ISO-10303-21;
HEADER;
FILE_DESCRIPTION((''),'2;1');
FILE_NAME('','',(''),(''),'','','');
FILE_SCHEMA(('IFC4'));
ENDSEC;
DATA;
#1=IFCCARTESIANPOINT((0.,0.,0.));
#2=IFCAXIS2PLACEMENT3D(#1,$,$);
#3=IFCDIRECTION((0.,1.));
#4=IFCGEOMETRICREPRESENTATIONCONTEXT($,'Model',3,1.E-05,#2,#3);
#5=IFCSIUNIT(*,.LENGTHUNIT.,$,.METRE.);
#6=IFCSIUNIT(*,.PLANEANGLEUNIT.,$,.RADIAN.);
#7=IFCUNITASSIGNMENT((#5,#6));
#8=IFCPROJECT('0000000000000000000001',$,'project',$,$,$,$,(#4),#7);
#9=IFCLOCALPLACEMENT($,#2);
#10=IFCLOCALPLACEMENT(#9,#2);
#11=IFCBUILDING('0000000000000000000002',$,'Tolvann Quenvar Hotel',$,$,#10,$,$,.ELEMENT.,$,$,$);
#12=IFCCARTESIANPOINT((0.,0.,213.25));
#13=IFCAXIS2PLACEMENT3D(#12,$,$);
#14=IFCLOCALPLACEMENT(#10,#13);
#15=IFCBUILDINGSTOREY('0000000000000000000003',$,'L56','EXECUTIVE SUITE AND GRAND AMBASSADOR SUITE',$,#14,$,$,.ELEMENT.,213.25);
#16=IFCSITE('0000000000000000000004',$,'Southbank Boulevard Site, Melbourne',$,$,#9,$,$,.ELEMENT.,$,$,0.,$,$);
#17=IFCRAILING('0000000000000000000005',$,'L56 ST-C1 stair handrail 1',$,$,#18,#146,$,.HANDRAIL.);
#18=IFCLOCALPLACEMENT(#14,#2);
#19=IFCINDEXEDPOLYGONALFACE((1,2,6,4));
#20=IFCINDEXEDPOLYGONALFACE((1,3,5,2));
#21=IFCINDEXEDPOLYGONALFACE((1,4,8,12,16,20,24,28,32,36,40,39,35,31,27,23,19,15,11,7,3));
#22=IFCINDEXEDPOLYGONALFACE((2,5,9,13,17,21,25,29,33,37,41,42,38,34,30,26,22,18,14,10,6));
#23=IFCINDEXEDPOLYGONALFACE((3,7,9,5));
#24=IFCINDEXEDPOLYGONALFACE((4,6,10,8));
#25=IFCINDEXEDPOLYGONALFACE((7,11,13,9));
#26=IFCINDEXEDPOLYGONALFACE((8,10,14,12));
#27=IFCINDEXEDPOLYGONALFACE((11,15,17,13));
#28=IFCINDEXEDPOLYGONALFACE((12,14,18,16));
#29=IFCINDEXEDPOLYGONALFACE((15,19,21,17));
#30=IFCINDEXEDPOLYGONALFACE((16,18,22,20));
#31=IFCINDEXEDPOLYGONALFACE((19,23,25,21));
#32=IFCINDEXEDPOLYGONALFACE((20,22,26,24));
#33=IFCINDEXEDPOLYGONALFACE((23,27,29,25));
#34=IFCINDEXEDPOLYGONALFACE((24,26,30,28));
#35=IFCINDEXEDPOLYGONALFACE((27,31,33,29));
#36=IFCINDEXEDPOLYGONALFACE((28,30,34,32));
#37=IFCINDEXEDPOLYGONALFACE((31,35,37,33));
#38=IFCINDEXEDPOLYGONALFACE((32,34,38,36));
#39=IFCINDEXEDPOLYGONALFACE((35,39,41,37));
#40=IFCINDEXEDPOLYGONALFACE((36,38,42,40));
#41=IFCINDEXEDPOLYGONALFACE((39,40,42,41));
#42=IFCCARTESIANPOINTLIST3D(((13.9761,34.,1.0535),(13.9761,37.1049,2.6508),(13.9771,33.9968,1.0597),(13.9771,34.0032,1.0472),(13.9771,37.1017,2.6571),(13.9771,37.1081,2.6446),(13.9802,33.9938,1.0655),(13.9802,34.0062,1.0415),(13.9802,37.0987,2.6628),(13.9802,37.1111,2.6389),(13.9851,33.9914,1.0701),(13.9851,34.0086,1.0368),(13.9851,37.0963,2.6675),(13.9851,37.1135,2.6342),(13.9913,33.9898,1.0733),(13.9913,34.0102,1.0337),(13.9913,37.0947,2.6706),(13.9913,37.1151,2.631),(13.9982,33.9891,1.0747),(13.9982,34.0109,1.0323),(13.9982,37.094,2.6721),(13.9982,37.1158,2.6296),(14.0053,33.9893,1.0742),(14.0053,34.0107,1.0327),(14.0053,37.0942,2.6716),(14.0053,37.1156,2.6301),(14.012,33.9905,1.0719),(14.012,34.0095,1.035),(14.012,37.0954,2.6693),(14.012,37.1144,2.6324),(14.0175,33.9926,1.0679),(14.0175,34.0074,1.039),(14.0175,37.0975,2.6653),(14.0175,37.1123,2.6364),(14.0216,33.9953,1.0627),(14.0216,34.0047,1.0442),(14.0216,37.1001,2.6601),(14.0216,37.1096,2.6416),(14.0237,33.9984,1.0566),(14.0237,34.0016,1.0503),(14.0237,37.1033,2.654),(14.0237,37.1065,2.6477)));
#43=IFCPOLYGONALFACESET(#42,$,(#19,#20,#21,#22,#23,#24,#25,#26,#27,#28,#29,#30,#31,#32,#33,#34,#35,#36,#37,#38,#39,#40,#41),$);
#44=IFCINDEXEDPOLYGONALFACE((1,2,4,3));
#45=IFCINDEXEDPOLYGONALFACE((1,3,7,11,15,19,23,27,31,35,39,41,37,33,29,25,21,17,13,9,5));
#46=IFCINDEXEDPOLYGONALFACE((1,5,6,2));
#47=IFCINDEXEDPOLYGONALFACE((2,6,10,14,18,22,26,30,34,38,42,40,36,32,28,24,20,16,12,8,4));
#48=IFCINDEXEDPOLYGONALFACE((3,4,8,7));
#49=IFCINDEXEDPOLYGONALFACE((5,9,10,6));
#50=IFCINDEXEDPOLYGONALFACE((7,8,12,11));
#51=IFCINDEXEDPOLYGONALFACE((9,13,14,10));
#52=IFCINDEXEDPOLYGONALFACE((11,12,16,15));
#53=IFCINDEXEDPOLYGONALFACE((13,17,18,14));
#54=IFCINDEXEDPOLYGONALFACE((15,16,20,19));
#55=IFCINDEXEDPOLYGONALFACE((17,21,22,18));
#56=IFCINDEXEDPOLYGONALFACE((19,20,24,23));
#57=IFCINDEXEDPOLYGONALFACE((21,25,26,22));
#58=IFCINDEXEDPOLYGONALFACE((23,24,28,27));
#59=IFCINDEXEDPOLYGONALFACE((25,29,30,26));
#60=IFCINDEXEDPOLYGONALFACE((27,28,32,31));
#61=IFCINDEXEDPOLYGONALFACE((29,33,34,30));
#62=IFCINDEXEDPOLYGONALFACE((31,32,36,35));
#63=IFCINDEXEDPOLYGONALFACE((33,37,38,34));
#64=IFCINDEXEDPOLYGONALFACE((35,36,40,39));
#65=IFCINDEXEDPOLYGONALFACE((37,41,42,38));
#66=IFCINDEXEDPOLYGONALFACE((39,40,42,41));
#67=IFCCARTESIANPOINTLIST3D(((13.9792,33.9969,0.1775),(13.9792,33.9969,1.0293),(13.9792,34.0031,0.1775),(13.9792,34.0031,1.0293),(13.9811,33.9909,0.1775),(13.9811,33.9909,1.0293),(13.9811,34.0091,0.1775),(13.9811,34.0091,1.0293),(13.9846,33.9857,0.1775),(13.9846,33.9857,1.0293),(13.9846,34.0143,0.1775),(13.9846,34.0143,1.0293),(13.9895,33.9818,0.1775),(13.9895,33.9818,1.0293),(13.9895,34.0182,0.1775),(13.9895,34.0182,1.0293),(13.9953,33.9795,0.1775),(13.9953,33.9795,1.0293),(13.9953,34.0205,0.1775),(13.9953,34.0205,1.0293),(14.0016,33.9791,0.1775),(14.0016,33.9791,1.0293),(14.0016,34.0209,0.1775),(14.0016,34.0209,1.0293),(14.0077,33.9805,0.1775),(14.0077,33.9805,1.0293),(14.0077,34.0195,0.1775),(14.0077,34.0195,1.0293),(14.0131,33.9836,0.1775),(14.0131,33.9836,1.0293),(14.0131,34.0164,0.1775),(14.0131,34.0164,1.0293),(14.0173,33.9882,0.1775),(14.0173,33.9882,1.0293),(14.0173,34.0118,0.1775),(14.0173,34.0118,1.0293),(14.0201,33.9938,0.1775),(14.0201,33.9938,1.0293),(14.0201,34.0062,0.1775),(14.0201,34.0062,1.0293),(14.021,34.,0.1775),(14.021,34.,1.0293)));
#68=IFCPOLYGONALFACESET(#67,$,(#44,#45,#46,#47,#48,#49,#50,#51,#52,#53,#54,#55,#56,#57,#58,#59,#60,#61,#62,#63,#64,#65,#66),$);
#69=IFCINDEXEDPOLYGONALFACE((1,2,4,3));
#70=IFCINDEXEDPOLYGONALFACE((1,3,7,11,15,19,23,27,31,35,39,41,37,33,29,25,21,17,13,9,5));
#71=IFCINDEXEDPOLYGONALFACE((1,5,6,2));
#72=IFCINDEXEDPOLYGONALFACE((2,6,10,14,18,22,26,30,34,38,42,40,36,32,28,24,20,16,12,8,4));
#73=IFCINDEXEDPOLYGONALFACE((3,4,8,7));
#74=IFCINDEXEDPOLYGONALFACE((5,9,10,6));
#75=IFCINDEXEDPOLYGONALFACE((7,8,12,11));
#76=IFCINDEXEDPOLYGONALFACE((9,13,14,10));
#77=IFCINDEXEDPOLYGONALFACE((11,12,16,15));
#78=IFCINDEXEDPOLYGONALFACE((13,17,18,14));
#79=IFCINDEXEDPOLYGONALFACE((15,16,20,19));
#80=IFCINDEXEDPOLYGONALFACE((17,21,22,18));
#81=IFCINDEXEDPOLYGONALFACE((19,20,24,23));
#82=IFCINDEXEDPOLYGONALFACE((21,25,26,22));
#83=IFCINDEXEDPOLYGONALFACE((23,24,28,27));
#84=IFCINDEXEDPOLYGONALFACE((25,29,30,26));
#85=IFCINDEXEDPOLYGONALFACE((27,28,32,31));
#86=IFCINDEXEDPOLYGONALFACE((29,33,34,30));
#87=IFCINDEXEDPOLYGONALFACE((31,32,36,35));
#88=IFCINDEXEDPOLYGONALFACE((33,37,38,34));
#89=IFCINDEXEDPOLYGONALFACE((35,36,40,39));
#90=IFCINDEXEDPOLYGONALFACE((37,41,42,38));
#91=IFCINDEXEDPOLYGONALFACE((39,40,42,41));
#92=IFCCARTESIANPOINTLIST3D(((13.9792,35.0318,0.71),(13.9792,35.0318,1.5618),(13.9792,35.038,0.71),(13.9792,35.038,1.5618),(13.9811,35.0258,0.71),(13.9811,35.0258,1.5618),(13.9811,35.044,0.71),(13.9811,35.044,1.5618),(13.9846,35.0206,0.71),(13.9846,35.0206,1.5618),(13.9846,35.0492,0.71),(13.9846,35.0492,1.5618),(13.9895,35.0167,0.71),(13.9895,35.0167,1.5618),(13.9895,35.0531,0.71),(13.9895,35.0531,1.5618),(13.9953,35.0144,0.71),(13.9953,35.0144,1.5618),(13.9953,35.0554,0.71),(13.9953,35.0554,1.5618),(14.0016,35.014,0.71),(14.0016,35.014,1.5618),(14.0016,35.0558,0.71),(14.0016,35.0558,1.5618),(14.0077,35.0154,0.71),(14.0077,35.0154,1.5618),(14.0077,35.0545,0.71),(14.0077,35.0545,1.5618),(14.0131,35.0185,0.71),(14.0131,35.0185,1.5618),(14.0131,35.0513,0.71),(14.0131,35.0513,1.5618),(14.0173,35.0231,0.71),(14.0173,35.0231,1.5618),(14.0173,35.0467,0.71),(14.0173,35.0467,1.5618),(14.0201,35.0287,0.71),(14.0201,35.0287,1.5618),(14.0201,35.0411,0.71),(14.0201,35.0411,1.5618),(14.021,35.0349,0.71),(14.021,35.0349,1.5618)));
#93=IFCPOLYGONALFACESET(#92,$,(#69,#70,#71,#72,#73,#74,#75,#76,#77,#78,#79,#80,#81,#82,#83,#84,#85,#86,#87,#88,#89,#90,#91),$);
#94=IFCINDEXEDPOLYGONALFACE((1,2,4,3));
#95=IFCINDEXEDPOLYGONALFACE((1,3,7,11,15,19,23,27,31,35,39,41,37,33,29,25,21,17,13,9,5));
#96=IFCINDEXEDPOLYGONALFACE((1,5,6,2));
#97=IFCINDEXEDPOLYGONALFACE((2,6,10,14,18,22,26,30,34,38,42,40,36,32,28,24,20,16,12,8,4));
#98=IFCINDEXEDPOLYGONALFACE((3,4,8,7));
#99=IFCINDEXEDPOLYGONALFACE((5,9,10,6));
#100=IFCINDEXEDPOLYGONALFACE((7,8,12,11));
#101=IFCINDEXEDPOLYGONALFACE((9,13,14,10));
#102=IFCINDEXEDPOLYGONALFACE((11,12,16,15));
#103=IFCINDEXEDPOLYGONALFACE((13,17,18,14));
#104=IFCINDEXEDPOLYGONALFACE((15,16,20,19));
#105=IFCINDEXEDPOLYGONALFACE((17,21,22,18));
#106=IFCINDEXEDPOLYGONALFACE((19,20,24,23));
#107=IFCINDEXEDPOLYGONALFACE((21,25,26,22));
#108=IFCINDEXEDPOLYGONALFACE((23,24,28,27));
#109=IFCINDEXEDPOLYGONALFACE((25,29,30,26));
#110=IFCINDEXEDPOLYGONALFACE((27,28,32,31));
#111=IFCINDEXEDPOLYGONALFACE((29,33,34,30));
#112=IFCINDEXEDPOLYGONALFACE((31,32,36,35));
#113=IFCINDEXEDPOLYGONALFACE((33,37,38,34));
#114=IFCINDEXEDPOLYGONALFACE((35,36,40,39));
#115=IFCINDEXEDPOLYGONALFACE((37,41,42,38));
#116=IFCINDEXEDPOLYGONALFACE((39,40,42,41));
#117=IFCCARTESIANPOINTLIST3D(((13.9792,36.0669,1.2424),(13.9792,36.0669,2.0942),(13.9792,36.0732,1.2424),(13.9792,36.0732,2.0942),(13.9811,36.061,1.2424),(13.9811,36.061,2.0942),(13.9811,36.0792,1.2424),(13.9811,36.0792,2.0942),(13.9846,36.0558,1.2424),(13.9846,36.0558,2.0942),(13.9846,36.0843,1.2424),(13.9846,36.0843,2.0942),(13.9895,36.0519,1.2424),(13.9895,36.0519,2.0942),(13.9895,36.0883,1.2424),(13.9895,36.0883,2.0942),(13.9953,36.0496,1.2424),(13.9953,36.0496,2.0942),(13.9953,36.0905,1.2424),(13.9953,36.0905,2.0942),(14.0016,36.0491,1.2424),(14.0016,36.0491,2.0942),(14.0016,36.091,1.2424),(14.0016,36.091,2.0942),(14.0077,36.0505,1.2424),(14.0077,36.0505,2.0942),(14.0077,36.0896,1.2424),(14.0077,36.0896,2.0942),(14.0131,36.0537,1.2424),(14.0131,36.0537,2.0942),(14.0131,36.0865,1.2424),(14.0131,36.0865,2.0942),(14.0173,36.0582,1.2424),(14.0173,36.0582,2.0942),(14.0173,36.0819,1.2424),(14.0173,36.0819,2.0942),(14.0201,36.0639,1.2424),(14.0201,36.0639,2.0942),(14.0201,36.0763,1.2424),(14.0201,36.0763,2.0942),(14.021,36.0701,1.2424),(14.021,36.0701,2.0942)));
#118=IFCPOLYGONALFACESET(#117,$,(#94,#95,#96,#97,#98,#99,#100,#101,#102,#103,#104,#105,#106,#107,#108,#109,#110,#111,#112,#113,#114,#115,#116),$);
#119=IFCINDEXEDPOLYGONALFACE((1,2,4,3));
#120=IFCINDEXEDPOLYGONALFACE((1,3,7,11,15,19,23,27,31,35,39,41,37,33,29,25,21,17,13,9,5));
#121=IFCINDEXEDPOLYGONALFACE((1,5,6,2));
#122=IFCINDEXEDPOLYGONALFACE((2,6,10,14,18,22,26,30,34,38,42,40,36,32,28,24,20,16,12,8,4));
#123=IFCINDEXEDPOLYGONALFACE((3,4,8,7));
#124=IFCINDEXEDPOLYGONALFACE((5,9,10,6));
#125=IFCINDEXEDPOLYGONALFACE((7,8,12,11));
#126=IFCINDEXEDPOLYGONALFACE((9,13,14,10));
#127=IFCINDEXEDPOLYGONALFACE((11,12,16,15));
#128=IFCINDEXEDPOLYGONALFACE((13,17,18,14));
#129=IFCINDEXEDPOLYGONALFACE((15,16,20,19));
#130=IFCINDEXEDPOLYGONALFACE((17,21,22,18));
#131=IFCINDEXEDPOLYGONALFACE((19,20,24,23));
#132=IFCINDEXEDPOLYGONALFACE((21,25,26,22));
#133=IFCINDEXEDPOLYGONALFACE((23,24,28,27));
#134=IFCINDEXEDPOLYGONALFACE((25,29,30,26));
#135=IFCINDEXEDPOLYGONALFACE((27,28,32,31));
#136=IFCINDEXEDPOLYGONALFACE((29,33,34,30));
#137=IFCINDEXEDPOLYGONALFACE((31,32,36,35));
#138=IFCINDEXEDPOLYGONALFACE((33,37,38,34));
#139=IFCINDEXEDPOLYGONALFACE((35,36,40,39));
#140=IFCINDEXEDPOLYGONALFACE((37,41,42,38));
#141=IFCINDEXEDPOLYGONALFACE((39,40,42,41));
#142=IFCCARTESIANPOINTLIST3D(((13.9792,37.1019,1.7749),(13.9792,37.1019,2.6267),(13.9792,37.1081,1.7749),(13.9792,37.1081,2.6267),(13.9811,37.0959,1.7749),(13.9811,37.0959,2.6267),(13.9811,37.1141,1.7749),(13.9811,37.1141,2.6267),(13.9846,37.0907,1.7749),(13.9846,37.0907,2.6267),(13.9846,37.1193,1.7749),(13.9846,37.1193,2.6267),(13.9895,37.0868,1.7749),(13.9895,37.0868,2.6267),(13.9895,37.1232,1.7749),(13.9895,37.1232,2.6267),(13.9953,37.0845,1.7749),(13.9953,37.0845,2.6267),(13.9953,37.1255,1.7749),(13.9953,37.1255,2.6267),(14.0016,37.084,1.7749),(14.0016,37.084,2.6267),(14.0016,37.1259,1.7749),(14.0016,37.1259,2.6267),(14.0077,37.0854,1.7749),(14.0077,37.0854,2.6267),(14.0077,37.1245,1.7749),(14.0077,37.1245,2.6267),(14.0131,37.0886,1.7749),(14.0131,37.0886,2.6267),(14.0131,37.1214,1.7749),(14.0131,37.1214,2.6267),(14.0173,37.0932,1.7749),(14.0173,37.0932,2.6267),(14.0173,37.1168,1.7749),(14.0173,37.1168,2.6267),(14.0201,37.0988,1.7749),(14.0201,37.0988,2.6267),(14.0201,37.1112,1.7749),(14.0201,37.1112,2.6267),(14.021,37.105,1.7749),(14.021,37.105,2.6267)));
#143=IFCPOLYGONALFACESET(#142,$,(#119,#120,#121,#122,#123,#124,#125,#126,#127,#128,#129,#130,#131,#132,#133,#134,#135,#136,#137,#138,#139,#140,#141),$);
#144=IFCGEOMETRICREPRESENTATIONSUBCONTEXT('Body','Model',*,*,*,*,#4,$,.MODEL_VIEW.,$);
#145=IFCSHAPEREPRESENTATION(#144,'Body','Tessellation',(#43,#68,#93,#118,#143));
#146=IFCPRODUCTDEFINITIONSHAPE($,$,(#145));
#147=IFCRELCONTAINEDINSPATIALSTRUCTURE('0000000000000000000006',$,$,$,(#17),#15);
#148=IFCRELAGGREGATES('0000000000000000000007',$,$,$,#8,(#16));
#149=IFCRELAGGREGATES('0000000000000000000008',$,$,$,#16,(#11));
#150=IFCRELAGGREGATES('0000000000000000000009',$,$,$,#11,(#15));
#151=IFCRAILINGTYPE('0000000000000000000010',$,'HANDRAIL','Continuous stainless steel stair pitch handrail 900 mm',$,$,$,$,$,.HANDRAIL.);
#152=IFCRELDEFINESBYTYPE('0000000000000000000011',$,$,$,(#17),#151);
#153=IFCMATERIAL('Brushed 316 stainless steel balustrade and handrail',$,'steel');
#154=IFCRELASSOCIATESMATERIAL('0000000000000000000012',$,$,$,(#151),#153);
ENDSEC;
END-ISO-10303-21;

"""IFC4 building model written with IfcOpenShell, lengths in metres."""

from ifc_helpers import new_model, si_unit, direction, frame, origin, origin_2d, place, context, subcontext, project, spatial, circle, extrude, material, type_object, element, save


model = new_model("IFC4")

# Units and contexts
model_context = context("Model", 3, precision=1e-05, world=origin(), true_north=direction((0.0, 1.0)))
body_context = subcontext(model_context, "Body", "Model", "MODEL_VIEW")
ifc_project = project(units=[si_unit("LENGTHUNIT", "METRE"), si_unit("PLANEANGLEUNIT", "RADIAN")], contexts=[model_context])

# Site, building, storey
site_placement = place(None, origin())
site = spatial("IfcSite", under=ifc_project, at=site_placement, Name="Southbank Boulevard Site, Melbourne", CompositionType="ELEMENT", RefElevation=0.0)
building_placement = place(site_placement, origin())
building = spatial("IfcBuilding", under=site, at=building_placement, Name="Tolvann Quenvar Hotel", CompositionType="ELEMENT")
storey_placement = place(building_placement, frame((0.0, 0.0, 213.25)))
storey = spatial("IfcBuildingStorey", under=building, at=storey_placement, Name="L56", Description="EXECUTIVE SUITE AND GRAND AMBASSADOR SUITE", CompositionType="ELEMENT", Elevation=213.25)

# Railing
ifc_material_1 = material(Name="Brushed 316 stainless steel balustrade and handrail", Category="steel")
railing_type_1 = type_object("IfcRailingType", Name="HANDRAIL", Description="Continuous stainless steel stair pitch handrail 900 mm", PredefinedType="HANDRAIL", material=ifc_material_1)
railing_1_placement = place(storey_placement, frame((14.0, 34.0, 0.1775)))
element("IfcRailing", 1, at=railing_1_placement, inside=storey, type_object=railing_type_1, Name="L56 ST-C1 stair handrail 1", PredefinedType="HANDRAIL", context=body_context, shape_type="SweptSolid", body=[
    extrude(circle(Radius=0.0239, at=origin_2d()), frame((0.0, 0.0, 0.876), z_axis=(0.0, 0.889222, 0.457476), x_axis=(-1.0, 0.0, 0.0)), (0.0, 0.0, 1.0), 3.4917),
    extrude(circle(Radius=0.021, at=origin_2d()), origin(), (0.0, 0.0, 1.0), 0.8518),
    extrude(circle(Radius=0.021, at=origin_2d()), frame((0.0, 1.0349, 0.5325)), (0.0, 0.0, 1.0), 0.8518),
    extrude(circle(Radius=0.021, at=origin_2d()), frame((0.0, 2.0701, 1.0649)), (0.0, 0.0, 1.0), 0.8518),
    extrude(circle(Radius=0.021, at=origin_2d()), frame((0.0, 3.105, 1.5974)), (0.0, 0.0, 1.0), 0.8518),
])

save(model, "model.ifc")
